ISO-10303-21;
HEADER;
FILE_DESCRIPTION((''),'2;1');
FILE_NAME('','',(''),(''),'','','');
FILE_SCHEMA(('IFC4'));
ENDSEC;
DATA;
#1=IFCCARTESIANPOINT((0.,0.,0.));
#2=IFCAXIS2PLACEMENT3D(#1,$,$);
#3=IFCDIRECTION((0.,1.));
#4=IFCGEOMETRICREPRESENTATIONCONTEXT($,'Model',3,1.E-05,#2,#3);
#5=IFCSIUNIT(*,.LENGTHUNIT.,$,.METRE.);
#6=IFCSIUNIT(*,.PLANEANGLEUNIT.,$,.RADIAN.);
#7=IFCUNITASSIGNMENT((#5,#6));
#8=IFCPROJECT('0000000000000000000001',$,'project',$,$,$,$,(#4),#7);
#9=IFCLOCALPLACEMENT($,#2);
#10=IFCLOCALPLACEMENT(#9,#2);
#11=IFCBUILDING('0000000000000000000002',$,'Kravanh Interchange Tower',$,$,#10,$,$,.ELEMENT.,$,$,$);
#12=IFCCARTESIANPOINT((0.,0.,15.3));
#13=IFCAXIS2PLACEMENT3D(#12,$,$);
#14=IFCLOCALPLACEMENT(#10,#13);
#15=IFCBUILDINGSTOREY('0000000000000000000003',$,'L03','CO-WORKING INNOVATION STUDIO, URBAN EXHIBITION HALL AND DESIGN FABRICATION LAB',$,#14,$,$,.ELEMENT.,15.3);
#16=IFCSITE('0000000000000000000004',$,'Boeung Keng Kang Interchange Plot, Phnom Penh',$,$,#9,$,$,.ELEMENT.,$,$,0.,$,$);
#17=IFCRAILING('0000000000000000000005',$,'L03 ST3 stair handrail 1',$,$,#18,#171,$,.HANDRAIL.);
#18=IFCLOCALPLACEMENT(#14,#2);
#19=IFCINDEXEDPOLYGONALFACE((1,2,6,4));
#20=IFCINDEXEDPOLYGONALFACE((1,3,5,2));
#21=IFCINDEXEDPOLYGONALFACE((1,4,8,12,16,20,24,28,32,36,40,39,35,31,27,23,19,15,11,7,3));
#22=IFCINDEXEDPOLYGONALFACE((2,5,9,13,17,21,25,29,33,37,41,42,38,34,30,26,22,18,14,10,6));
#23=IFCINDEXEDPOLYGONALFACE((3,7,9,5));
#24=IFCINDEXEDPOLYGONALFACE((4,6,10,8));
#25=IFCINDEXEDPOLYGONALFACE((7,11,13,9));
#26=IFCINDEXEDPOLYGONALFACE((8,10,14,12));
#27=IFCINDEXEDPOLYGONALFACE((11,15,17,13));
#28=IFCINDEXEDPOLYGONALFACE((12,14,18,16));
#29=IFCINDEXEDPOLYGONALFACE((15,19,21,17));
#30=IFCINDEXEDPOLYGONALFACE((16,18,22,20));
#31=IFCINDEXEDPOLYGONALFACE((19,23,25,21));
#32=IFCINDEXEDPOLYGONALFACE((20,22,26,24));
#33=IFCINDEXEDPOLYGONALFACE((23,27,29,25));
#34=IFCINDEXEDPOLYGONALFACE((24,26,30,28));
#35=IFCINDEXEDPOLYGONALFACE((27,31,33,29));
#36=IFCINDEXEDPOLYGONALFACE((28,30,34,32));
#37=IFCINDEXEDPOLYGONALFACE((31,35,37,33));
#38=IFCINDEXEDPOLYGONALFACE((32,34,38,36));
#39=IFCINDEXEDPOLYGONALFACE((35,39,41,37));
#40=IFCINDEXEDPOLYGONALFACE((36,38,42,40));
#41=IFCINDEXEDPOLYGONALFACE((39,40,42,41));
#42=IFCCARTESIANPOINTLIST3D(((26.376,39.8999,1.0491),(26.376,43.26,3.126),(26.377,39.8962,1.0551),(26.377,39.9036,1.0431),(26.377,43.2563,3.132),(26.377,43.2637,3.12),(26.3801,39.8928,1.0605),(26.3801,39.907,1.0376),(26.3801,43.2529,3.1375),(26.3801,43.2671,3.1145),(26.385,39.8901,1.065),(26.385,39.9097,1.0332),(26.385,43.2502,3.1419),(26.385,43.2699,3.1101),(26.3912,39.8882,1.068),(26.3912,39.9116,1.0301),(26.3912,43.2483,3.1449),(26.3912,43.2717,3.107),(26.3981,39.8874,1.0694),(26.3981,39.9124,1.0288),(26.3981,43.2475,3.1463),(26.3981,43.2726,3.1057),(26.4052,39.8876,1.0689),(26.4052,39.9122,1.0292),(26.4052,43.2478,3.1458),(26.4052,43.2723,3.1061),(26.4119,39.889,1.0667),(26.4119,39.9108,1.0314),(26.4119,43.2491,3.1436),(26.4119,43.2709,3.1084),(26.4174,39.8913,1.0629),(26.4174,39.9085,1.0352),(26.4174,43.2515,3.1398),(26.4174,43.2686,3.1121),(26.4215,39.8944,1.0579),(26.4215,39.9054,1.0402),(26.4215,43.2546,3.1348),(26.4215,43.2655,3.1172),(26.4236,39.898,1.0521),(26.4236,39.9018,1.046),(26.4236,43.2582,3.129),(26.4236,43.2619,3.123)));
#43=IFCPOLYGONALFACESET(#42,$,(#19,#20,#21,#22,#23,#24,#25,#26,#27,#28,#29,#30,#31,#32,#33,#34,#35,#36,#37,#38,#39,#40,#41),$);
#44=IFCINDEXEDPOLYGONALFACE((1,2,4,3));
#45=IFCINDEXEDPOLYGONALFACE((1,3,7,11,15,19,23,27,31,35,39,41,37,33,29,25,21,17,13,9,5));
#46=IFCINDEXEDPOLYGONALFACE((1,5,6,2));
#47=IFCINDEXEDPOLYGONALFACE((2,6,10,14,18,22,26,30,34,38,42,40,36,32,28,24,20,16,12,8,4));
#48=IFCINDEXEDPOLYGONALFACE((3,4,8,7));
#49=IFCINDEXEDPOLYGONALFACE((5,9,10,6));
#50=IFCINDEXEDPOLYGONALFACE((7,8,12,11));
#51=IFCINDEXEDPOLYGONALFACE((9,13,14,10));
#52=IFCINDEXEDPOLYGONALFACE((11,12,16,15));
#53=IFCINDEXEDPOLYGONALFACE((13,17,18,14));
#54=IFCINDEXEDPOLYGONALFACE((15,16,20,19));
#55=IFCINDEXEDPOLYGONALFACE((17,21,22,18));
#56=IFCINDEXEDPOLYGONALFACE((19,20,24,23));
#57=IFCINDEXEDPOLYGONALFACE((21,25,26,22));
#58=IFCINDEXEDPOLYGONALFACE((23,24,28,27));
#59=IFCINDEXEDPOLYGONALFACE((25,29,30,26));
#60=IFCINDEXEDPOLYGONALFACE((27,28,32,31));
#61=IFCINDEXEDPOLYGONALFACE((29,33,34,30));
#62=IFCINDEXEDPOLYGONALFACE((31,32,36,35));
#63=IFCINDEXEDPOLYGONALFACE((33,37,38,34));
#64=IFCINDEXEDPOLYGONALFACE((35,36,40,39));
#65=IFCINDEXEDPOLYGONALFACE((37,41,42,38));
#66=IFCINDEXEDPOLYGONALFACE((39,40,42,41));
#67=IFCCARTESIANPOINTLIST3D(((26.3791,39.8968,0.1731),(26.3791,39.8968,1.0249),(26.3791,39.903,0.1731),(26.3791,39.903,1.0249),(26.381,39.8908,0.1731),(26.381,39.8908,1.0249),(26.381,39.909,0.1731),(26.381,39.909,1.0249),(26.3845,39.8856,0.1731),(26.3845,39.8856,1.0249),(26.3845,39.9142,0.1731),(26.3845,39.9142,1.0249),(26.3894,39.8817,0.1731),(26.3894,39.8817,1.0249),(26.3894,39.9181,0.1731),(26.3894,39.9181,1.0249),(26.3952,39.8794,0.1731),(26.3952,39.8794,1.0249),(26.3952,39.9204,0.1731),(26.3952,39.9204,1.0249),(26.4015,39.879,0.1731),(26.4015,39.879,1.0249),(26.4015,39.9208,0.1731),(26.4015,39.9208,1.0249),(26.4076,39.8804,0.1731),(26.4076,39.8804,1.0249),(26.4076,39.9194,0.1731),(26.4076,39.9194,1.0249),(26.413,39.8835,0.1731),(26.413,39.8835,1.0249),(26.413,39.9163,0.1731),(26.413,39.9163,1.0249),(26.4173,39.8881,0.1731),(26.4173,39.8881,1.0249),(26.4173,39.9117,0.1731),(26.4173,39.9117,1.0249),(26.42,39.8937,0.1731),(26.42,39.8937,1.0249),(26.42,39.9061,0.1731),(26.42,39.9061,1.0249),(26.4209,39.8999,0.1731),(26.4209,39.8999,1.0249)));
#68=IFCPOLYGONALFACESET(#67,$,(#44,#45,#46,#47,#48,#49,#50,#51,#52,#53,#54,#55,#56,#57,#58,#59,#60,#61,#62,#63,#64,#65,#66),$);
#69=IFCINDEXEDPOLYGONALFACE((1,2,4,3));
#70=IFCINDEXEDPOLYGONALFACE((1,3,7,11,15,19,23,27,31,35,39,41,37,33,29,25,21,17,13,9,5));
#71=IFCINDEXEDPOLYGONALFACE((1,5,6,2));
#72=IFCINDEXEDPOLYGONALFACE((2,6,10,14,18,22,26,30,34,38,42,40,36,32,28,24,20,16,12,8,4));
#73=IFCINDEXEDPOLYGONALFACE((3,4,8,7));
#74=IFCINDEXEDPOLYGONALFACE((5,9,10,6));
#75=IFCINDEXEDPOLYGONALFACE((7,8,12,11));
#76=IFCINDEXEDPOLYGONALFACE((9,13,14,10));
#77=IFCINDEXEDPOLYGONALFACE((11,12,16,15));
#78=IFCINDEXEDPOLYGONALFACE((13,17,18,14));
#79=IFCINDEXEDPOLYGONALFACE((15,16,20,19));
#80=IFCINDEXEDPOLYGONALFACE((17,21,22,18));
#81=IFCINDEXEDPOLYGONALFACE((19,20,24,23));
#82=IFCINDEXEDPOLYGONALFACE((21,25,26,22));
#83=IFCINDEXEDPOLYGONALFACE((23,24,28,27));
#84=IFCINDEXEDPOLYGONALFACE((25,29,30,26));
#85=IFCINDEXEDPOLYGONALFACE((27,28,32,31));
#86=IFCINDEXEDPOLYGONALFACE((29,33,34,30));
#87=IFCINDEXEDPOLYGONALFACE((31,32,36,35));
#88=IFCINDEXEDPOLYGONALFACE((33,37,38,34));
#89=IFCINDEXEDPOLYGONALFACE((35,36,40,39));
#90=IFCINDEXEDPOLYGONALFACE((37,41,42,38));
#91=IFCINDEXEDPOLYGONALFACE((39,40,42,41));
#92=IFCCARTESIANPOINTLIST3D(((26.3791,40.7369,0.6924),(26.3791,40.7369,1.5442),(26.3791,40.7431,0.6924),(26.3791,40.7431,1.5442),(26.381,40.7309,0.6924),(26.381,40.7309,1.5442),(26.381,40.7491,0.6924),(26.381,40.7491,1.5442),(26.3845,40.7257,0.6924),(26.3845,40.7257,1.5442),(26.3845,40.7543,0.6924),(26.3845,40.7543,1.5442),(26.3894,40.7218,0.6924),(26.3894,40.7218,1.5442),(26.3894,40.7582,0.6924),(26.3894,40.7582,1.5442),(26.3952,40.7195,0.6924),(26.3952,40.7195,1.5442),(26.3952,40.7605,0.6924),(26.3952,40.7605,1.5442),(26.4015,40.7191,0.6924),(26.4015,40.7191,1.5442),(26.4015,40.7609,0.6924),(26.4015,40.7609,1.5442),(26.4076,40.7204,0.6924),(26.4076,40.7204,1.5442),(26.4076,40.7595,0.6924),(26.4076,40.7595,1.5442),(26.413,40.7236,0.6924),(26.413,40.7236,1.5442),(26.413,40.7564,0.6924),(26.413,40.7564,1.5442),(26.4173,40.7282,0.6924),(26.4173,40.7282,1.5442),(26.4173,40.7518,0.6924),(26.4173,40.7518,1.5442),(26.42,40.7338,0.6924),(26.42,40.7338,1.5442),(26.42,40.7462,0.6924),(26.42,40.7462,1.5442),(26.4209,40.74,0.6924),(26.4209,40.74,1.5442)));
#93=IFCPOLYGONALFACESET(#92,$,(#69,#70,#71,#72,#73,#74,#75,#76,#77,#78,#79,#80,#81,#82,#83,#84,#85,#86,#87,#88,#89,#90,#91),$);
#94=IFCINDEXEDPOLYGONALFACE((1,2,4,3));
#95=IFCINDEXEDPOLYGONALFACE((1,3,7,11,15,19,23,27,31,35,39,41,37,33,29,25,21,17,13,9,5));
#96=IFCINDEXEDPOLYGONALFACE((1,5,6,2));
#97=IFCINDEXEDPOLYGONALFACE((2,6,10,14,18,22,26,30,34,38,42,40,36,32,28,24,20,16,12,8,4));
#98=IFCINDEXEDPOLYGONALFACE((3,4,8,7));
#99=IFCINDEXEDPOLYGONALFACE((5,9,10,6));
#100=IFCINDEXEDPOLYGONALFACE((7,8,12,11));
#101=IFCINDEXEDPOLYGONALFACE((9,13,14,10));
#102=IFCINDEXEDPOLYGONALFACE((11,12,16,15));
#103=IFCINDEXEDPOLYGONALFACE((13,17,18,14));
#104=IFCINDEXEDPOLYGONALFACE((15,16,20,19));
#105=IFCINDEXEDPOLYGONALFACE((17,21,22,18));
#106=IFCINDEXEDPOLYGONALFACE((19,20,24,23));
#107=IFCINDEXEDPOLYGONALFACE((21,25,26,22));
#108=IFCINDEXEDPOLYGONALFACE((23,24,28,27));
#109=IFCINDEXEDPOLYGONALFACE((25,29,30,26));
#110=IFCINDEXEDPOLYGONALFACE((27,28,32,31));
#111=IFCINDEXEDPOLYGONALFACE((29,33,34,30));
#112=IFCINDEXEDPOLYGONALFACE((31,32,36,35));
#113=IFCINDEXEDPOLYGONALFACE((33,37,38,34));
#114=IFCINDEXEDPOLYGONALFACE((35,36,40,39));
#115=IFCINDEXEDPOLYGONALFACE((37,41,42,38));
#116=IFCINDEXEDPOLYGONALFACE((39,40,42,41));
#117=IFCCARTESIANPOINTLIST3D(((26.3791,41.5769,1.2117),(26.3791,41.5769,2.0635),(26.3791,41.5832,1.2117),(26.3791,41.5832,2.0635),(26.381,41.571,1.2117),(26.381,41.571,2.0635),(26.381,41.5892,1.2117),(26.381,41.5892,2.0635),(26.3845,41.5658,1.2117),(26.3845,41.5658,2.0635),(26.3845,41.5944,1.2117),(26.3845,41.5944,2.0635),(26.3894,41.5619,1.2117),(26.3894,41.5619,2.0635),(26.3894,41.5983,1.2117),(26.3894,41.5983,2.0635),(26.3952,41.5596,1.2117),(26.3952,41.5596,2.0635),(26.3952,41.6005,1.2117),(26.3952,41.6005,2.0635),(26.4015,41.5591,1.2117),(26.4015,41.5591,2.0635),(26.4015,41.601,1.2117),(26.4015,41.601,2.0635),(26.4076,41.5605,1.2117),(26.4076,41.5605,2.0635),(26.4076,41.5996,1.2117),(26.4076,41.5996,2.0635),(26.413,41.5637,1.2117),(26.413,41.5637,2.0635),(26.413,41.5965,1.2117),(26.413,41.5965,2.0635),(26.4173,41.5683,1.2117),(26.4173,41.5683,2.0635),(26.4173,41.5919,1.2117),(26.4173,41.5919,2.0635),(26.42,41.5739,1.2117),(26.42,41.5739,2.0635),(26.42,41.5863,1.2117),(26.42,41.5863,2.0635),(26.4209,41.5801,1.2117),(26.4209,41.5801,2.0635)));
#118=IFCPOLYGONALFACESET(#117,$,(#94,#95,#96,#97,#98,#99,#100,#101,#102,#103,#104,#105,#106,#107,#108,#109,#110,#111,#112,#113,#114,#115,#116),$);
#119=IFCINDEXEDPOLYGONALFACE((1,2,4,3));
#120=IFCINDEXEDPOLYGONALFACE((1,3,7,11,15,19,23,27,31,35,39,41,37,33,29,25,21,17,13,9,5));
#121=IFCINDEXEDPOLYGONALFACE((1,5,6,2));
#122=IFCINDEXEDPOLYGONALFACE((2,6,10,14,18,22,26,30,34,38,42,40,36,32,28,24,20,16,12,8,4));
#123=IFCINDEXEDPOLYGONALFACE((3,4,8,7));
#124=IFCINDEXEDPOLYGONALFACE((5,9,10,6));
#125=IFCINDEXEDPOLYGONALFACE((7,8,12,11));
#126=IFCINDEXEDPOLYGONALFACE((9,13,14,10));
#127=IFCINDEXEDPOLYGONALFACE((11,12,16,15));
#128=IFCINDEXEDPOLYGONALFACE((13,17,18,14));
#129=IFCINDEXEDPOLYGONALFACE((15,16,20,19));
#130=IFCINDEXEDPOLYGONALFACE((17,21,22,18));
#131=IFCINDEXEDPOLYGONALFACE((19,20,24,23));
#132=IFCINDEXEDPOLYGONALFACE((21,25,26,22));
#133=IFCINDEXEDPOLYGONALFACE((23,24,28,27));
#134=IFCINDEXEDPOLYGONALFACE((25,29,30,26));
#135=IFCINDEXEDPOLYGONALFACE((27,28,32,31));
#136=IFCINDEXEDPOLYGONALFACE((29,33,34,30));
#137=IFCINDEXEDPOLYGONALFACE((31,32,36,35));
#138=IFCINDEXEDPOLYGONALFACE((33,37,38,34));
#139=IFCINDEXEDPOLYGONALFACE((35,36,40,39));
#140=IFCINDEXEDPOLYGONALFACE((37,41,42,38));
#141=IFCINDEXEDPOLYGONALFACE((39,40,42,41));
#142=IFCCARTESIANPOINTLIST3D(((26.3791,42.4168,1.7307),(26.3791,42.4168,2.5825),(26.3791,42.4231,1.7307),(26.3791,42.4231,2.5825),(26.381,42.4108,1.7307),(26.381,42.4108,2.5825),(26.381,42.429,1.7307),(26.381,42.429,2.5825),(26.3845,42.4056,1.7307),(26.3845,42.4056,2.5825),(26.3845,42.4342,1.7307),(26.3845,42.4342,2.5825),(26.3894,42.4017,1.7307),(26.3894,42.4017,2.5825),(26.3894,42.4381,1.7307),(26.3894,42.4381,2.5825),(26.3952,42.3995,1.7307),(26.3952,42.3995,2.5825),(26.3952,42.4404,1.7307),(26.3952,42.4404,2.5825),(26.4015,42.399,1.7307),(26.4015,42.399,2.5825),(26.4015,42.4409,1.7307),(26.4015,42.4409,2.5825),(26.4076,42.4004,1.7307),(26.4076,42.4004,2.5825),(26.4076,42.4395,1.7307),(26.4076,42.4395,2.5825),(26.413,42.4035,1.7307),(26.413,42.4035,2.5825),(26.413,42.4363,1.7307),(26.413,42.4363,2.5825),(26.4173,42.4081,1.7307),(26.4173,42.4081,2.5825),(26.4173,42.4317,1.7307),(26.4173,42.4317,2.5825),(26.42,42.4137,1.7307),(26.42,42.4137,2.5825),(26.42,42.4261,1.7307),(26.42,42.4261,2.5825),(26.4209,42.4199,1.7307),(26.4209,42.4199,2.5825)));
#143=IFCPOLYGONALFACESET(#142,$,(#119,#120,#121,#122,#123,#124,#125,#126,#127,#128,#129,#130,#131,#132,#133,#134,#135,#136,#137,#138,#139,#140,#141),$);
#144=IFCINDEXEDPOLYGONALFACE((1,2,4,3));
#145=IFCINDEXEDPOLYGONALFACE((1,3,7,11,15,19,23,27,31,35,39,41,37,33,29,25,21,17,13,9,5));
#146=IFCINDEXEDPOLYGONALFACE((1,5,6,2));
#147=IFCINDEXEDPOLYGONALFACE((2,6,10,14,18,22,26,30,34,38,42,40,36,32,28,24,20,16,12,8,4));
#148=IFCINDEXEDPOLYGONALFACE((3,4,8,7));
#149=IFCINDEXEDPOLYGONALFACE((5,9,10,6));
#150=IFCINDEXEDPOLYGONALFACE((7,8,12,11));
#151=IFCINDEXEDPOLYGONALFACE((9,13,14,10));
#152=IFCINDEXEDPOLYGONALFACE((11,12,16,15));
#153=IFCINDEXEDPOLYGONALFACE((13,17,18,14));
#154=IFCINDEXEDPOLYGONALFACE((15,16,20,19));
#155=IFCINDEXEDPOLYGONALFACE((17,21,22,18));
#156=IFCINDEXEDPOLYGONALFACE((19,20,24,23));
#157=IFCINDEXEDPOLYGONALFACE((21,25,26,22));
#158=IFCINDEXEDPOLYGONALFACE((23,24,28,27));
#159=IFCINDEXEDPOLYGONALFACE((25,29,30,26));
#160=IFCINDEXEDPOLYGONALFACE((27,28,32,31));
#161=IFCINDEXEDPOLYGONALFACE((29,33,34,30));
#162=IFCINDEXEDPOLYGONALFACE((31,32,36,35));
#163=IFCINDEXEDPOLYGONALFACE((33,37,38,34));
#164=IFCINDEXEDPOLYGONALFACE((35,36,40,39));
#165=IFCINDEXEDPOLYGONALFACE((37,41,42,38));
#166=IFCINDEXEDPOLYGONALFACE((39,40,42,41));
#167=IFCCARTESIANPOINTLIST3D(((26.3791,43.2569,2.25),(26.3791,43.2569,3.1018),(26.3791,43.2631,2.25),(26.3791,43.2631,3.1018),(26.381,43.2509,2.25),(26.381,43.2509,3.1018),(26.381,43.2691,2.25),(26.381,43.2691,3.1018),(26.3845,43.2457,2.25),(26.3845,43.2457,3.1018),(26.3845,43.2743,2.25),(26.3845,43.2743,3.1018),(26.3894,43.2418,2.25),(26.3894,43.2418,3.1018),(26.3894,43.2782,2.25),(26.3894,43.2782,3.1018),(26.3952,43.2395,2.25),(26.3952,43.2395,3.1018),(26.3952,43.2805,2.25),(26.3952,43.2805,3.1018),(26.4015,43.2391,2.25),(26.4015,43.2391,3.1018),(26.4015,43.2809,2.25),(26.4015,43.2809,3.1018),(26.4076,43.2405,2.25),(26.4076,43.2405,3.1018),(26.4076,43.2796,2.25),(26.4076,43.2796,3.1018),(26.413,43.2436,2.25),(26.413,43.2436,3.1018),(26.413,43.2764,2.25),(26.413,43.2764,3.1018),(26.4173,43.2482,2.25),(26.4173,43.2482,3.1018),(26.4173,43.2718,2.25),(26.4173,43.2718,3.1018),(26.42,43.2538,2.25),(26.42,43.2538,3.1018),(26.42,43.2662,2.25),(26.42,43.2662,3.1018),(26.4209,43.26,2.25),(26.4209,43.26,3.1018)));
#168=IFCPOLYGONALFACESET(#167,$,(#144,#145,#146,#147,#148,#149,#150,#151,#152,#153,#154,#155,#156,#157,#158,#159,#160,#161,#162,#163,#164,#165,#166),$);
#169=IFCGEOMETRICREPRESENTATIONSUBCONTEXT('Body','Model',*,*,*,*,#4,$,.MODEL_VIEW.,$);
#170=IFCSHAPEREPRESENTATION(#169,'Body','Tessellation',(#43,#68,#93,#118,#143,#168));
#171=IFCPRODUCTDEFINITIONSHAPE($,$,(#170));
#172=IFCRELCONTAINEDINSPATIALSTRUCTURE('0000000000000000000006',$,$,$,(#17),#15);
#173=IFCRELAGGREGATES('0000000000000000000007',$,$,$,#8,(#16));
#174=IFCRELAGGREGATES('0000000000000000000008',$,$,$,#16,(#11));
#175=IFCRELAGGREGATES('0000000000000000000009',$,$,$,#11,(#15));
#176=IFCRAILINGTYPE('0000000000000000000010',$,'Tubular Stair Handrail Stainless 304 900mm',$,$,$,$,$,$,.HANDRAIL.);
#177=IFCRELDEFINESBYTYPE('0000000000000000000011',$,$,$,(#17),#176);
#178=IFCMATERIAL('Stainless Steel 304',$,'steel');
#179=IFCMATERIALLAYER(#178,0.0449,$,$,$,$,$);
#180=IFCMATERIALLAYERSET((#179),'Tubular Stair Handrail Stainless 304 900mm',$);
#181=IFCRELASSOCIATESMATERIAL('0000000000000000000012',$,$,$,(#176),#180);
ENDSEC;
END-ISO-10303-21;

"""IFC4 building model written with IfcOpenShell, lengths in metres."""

from ifc_helpers import new_model, si_unit, direction, frame, origin, origin_2d, place, context, subcontext, project, spatial, circle, extrude, material, layer, layer_set, type_object, element, save


model = new_model("IFC4")

# Units and contexts
model_context = context("Model", 3, precision=1e-05, world=origin(), true_north=direction((0.0, 1.0)))
body_context = subcontext(model_context, "Body", "Model", "MODEL_VIEW")
ifc_project = project(units=[si_unit("LENGTHUNIT", "METRE"), si_unit("PLANEANGLEUNIT", "RADIAN")], contexts=[model_context])

# Site, building, storey
site_placement = place(None, origin())
site = spatial("IfcSite", under=ifc_project, at=site_placement, Name="Boeung Keng Kang Interchange Plot, Phnom Penh", CompositionType="ELEMENT", RefElevation=0.0)
building_placement = place(site_placement, origin())
building = spatial("IfcBuilding", under=site, at=building_placement, Name="Kravanh Interchange Tower", CompositionType="ELEMENT")
storey_placement = place(building_placement, frame((0.0, 0.0, 15.3)))
storey = spatial("IfcBuildingStorey", under=building, at=storey_placement, Name="L03", Description="CO-WORKING INNOVATION STUDIO, URBAN EXHIBITION HALL AND DESIGN FABRICATION LAB", CompositionType="ELEMENT", Elevation=15.3)

# Railing
ifc_material_1 = material(Name="Stainless Steel 304", Category="steel")
ifc_layer_1 = layer(ifc_material_1, 0.0449)
ifc_layer_set_1 = layer_set([ifc_layer_1], Name="Tubular Stair Handrail Stainless 304 900mm")
railing_type_1 = type_object("IfcRailingType", Name="Tubular Stair Handrail Stainless 304 900mm", PredefinedType="HANDRAIL", material=ifc_layer_set_1)
railing_1_placement = place(storey_placement, frame((26.3999, 39.8999, 0.1731)))
element("IfcRailing", 1, at=railing_1_placement, inside=storey, type_object=railing_type_1, Name="L03 ST3 stair handrail 1", PredefinedType="HANDRAIL", context=body_context, shape_type="SweptSolid", body=[
    extrude(circle(Radius=0.0239, at=origin_2d()), frame((0.0, 0.0, 0.876), z_axis=(0.0, 0.850623, 0.525776), x_axis=(-1.0, 0.0, 0.0)), (0.0, 0.0, 1.0), 3.9502),
    extrude(circle(Radius=0.021, at=origin_2d()), origin(), (0.0, 0.0, 1.0), 0.8518),
    extrude(circle(Radius=0.021, at=origin_2d()), frame((0.0, 0.8401, 0.5193)), (0.0, 0.0, 1.0), 0.8518),
    extrude(circle(Radius=0.021, at=origin_2d()), frame((0.0, 1.6802, 1.0386)), (0.0, 0.0, 1.0), 0.8518),
    extrude(circle(Radius=0.021, at=origin_2d()), frame((0.0, 2.52, 1.5576)), (0.0, 0.0, 1.0), 0.8518),
    extrude(circle(Radius=0.021, at=origin_2d()), frame((0.0, 3.3601, 2.0769)), (0.0, 0.0, 1.0), 0.8518),
])

save(model, "model.ifc")
